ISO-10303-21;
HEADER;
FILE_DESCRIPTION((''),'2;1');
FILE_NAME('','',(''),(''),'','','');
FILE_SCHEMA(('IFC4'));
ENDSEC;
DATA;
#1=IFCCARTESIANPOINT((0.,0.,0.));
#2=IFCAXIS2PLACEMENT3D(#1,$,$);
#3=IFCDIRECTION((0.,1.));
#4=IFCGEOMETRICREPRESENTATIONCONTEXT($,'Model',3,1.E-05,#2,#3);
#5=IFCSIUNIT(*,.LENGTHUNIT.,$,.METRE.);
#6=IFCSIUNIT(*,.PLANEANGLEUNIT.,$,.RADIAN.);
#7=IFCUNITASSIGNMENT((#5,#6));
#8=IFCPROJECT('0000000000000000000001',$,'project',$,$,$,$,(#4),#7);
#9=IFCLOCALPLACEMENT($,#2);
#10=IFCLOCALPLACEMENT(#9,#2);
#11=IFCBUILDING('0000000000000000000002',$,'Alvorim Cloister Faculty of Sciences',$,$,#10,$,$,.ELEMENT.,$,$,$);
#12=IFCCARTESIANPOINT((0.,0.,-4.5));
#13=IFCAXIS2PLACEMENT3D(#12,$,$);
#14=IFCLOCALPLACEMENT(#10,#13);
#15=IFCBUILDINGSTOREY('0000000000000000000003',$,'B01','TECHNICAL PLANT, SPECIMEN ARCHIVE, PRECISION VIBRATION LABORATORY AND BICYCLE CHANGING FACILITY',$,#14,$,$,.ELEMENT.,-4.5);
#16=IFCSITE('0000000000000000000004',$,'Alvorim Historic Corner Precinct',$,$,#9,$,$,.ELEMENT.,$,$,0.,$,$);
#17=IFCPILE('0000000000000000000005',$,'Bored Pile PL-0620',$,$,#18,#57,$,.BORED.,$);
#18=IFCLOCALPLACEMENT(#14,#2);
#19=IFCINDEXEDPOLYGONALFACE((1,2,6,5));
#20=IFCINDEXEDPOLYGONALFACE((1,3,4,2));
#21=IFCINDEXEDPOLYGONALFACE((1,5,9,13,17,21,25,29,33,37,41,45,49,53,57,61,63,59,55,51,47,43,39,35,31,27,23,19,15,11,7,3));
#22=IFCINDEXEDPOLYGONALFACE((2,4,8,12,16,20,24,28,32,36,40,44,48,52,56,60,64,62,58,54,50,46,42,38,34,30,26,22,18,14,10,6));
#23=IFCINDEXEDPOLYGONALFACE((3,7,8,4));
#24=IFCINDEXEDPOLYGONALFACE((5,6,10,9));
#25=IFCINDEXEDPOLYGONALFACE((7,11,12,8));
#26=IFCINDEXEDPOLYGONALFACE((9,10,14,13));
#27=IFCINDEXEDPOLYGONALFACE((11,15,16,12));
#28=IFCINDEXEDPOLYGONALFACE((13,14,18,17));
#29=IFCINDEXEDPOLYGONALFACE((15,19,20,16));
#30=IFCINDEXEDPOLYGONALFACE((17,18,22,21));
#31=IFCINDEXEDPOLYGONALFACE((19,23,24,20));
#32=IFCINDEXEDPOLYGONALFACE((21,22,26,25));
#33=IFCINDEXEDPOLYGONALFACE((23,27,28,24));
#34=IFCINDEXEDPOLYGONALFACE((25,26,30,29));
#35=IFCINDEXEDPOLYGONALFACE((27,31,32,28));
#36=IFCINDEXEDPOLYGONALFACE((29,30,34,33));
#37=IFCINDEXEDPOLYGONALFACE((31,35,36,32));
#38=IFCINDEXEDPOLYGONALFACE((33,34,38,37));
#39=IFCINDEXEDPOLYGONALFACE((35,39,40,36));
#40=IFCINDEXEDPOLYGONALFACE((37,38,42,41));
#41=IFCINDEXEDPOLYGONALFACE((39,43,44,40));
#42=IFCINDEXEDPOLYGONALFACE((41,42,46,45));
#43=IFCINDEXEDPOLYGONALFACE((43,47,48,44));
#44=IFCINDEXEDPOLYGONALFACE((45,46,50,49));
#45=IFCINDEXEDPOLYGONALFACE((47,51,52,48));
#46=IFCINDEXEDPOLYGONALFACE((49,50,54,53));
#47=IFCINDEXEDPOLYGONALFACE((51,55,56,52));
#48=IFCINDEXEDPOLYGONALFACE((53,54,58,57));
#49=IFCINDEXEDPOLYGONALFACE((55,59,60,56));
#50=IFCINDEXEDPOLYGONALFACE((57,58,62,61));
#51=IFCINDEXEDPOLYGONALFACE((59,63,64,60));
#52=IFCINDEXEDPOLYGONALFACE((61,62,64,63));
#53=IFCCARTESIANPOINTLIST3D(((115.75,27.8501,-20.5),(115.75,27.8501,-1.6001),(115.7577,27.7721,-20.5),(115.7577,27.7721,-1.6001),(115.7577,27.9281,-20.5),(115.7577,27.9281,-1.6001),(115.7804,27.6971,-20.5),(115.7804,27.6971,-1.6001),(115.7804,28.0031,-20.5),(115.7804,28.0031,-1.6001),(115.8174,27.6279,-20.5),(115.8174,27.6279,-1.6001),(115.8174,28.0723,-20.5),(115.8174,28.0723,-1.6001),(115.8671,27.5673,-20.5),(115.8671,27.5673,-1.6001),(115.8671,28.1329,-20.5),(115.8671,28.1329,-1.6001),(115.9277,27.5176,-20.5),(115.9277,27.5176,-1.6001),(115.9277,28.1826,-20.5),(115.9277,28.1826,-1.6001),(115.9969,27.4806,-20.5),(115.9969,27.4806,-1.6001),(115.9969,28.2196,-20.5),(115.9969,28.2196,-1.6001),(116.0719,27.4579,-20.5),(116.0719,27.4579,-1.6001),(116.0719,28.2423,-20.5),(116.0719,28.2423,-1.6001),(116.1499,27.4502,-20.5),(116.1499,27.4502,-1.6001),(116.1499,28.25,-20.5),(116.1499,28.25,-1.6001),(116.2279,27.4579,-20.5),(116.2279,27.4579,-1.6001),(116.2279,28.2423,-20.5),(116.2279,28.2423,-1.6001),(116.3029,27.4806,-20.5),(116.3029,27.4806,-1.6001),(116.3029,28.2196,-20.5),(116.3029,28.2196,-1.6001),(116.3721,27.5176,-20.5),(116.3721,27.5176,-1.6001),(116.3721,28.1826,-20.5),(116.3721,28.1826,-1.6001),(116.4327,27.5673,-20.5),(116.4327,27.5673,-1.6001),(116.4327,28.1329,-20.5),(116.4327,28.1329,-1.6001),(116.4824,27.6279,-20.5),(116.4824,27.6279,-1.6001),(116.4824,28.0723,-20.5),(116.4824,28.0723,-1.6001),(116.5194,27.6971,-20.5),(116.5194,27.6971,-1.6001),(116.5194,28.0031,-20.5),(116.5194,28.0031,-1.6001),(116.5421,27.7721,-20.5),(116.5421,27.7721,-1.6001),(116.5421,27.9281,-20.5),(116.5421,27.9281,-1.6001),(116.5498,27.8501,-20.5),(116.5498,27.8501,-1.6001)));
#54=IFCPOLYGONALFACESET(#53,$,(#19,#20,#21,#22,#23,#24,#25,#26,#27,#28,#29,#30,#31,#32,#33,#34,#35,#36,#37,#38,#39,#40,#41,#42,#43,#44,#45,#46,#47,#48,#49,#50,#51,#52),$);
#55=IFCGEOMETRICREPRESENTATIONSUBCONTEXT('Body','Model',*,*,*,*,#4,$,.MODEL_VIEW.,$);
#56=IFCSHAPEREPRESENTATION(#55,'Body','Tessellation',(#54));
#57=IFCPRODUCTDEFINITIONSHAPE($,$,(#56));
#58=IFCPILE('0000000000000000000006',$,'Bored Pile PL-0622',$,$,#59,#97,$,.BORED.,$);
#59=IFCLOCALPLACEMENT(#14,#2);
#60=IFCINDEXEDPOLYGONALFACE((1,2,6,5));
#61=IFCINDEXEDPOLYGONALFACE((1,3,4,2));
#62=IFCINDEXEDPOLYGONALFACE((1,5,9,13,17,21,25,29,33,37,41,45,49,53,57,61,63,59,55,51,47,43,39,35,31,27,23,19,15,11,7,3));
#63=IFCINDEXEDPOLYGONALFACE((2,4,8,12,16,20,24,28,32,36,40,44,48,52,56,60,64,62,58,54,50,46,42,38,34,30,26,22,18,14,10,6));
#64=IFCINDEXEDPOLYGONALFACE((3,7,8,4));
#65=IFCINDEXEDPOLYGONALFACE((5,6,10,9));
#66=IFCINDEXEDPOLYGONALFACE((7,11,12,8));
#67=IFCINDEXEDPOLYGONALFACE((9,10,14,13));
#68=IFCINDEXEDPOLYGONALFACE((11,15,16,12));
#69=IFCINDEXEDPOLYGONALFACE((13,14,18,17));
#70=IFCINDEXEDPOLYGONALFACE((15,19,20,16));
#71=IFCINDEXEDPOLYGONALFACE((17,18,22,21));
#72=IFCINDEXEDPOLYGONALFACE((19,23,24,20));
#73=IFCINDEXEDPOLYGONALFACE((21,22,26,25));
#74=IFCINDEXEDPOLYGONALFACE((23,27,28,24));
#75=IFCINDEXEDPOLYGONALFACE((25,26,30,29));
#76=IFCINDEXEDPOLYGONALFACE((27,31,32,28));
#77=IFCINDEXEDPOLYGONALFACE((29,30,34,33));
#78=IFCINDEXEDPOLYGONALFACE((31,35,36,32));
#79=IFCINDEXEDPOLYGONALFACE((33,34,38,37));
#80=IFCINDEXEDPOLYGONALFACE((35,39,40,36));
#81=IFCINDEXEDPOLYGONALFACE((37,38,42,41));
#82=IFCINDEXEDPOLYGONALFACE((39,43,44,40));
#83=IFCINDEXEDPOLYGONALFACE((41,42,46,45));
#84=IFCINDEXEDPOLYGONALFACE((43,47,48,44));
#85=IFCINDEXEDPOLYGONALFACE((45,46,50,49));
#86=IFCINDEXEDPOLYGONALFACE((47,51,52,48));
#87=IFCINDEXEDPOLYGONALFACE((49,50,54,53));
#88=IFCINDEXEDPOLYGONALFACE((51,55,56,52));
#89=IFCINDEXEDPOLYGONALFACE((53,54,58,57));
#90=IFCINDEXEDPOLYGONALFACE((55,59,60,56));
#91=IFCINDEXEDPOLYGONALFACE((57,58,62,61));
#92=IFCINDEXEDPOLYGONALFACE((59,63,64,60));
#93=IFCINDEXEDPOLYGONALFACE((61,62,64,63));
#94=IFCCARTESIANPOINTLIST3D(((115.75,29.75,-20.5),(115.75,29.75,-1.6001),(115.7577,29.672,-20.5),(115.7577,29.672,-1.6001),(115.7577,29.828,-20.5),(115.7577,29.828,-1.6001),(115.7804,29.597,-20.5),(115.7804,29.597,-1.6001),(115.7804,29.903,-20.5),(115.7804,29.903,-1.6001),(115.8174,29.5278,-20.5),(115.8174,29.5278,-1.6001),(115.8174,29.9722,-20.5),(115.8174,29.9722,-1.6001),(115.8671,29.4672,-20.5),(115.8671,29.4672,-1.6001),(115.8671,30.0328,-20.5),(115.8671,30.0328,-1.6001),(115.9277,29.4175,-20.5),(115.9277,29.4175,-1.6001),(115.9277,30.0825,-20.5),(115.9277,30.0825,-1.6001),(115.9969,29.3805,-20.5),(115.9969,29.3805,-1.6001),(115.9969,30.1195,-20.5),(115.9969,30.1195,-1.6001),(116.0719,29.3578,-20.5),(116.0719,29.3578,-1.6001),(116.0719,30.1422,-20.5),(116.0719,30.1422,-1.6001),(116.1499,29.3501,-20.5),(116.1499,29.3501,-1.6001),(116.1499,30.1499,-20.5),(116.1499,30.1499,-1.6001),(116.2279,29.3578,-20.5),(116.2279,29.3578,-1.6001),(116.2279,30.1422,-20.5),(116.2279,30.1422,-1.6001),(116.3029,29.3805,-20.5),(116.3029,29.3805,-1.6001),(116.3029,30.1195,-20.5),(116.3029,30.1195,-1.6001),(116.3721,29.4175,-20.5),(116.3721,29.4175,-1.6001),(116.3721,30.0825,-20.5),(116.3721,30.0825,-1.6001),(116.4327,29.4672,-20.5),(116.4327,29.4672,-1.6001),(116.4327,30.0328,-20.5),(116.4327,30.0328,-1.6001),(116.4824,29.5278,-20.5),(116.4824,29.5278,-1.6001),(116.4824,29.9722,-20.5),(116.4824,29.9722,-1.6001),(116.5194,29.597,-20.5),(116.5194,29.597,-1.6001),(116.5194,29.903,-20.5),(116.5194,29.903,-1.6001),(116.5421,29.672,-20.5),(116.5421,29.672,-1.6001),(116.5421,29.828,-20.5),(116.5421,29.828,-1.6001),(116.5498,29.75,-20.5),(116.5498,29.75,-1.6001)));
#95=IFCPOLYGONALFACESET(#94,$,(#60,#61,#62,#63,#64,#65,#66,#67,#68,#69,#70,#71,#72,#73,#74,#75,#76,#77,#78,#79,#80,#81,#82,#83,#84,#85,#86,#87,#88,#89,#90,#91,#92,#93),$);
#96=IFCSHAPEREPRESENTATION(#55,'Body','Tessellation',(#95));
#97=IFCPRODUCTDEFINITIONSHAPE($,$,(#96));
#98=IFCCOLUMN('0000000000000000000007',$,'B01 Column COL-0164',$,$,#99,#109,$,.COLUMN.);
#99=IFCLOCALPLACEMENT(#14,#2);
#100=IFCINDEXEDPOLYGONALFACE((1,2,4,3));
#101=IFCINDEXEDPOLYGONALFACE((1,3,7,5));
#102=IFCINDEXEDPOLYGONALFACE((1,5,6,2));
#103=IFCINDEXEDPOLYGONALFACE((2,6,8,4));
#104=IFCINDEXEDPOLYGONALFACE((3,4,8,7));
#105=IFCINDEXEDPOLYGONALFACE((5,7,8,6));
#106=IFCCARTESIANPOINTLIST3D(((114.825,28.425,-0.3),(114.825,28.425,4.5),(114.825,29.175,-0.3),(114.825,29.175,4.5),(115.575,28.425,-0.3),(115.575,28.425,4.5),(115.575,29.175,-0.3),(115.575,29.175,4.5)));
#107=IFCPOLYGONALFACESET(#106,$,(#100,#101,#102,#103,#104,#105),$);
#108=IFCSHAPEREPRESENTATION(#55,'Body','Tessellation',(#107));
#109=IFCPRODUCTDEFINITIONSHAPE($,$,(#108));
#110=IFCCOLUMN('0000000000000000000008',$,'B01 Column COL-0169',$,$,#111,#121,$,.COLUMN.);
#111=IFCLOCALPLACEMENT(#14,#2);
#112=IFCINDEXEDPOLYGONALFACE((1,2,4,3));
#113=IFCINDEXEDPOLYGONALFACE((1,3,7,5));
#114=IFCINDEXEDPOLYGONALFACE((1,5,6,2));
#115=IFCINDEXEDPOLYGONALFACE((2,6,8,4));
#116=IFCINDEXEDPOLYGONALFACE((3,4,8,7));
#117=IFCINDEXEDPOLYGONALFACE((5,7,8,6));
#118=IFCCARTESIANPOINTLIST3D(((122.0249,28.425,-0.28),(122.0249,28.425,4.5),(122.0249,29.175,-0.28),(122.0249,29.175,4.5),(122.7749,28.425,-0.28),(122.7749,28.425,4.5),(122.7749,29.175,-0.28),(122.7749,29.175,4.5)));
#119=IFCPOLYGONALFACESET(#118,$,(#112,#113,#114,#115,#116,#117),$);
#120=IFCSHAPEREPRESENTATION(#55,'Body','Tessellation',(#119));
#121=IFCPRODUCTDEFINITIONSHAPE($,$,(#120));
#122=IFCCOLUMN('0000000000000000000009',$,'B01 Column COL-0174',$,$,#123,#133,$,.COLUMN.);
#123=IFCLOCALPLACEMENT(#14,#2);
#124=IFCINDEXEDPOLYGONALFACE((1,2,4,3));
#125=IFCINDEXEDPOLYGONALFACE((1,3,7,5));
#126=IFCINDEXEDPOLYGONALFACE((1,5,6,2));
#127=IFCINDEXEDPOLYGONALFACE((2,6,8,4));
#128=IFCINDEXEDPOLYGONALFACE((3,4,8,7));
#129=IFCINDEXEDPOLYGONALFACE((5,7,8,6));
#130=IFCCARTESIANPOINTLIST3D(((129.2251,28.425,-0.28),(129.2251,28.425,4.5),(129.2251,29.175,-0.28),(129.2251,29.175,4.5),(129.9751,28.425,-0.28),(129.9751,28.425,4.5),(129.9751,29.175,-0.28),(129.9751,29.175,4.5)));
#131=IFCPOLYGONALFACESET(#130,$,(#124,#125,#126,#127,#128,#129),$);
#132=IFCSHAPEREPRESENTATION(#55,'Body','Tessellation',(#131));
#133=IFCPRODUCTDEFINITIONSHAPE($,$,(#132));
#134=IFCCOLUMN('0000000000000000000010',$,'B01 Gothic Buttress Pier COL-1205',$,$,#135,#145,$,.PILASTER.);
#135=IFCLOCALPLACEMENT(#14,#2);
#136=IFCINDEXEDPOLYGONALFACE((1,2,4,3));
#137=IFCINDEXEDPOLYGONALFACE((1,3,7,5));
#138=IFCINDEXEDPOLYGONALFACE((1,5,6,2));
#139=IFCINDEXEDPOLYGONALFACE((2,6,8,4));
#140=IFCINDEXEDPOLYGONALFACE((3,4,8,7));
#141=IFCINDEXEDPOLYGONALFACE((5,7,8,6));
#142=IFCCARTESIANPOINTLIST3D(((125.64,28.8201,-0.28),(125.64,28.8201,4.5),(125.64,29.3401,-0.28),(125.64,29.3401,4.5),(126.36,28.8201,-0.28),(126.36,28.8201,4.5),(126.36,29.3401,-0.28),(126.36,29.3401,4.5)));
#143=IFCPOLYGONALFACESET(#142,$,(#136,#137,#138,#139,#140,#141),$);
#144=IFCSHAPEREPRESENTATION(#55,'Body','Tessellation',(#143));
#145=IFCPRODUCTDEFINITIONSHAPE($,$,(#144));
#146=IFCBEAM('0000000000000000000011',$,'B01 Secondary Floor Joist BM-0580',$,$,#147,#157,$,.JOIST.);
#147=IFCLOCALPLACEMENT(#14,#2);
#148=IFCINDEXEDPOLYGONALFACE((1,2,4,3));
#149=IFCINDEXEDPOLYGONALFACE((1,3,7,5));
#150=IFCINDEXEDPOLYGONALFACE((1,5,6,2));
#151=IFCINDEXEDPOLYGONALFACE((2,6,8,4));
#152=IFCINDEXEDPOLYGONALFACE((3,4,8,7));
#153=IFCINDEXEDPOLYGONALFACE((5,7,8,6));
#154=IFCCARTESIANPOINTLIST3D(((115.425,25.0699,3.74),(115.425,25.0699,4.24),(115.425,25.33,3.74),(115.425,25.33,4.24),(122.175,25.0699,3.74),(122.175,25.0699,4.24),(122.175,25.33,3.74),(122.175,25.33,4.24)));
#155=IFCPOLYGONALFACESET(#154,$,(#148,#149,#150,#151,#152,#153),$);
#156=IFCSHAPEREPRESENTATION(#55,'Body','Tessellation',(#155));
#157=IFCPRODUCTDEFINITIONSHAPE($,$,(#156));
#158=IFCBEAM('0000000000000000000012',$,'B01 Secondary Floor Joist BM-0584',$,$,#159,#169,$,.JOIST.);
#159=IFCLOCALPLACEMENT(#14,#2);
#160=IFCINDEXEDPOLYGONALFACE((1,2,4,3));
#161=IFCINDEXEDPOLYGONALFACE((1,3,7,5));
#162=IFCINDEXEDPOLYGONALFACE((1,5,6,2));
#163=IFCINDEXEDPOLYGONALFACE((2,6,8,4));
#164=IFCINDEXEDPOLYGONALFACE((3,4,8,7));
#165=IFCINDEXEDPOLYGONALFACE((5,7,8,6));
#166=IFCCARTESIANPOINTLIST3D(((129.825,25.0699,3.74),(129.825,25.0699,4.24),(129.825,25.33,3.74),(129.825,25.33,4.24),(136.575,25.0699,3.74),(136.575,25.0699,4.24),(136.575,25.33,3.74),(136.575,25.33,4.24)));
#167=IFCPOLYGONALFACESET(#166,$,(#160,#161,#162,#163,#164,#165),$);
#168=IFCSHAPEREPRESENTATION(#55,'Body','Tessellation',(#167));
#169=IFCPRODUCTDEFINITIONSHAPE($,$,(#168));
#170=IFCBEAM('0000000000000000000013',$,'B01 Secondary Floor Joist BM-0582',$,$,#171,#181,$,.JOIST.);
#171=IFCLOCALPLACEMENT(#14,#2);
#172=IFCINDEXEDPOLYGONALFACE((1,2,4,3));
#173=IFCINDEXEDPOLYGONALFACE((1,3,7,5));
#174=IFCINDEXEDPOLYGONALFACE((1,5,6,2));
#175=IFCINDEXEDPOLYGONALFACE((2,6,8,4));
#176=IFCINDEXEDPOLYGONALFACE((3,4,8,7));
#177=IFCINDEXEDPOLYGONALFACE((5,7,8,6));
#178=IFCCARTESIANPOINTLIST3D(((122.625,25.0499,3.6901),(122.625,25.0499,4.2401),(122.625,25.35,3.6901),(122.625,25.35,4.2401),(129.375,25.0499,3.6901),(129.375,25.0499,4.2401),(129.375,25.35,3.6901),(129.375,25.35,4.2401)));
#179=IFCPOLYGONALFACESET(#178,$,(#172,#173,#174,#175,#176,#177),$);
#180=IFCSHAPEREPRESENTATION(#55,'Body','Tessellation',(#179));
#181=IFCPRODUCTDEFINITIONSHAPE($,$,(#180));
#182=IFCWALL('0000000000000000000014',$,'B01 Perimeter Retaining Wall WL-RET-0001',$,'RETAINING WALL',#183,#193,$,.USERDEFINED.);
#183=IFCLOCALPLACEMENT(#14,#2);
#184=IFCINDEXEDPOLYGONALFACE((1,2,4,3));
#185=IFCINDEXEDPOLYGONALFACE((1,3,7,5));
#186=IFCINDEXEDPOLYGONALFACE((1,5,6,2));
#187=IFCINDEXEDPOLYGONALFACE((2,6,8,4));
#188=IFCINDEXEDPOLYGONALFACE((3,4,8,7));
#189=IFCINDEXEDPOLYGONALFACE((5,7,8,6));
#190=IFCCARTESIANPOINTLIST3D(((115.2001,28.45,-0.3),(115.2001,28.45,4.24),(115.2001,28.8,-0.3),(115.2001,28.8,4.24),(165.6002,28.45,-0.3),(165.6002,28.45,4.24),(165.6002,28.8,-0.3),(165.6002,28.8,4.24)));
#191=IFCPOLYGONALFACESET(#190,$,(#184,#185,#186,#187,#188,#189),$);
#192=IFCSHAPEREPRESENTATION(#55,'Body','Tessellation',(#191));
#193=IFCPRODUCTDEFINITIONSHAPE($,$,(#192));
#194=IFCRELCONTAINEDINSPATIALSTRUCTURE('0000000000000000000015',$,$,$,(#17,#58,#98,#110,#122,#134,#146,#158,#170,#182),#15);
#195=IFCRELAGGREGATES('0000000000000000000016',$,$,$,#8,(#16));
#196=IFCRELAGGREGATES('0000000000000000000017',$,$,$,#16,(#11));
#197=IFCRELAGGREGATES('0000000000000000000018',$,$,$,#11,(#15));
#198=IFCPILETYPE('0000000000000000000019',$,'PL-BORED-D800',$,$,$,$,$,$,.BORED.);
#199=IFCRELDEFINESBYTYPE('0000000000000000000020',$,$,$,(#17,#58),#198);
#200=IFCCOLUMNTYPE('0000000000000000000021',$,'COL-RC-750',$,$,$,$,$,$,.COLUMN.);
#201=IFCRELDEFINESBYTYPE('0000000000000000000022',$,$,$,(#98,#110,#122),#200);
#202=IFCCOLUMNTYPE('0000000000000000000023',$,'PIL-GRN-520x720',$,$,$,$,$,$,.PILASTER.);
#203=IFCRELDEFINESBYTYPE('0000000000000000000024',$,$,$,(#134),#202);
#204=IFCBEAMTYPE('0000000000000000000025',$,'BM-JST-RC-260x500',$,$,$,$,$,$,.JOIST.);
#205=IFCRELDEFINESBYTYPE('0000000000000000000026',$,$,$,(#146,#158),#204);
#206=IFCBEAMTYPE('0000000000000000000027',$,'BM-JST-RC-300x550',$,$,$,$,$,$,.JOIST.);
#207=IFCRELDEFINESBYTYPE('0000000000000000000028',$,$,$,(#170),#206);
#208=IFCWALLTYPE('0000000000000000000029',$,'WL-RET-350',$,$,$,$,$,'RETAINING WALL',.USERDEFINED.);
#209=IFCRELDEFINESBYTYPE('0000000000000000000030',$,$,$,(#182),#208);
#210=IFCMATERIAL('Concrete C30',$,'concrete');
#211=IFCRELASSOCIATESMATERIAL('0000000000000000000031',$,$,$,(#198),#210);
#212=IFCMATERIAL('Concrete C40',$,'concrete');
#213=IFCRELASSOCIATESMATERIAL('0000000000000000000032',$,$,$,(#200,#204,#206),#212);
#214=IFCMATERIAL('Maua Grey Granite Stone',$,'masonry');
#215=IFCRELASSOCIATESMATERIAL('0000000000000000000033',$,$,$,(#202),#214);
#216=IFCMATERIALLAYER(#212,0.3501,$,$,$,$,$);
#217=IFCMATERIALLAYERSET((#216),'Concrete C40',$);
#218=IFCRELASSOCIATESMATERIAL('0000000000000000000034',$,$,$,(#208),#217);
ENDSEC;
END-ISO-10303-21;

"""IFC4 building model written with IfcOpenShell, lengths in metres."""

from ifc_helpers import new_model, si_unit, direction, frame, frame_2d, origin, origin_2d, place, context, subcontext, project, spatial, rectangle, circle, extrude, material, layer, layer_set, material_profile, profile_set, type_object, element, save


model = new_model("IFC4")

# Units and contexts
model_context = context("Model", 3, precision=1e-05, world=origin(), true_north=direction((0.0, 1.0)))
body_context = subcontext(model_context, "Body", "Model", "MODEL_VIEW")
ifc_project = project(units=[si_unit("LENGTHUNIT", "METRE"), si_unit("PLANEANGLEUNIT", "RADIAN")], contexts=[model_context])

# Site, building, storey
site_placement = place(None, origin())
site = spatial("IfcSite", under=ifc_project, at=site_placement, Name="Alvorim Historic Corner Precinct", CompositionType="ELEMENT", RefElevation=0.0)
building_placement = place(site_placement, origin())
building = spatial("IfcBuilding", under=site, at=building_placement, Name="Alvorim Cloister Faculty of Sciences", CompositionType="ELEMENT")
storey_placement = place(building_placement, frame((0.0, 0.0, -4.5)))
storey = spatial("IfcBuildingStorey", under=building, at=storey_placement, Name="B01", Description="TECHNICAL PLANT, SPECIMEN ARCHIVE, PRECISION VIBRATION LABORATORY AND BICYCLE CHANGING FACILITY", CompositionType="ELEMENT", Elevation=-4.5)

# Shared definitions
ifc_material_1 = material(Name="Concrete C40", Category="concrete")

# Piles
ifc_material_2 = material(Name="Concrete C30", Category="concrete")
ifc_material_profile_1 = material_profile(ifc_material_2, circle(Radius=0.3999, at=origin_2d()), Name="PILE-D800")
ifc_profile_set_1 = profile_set([ifc_material_profile_1], Name="Concrete C30")
pile_type_1 = type_object("IfcPileType", Name="PL-BORED-D800", PredefinedType="BORED", material=ifc_profile_set_1)
for number, where, z_axis, x_axis, name in (
    (1, (116.1499, 27.8501, -1.6001), (0.0, 0.0, -1.0), (1.0, 0.0, 0.0), "Bored Pile PL-0620"),
    (2, (116.1499, 29.75, -1.6001), (0.0, 0.0, -1.0), (1.0, 0.0, 0.0), "Bored Pile PL-0622"),
):
    element("IfcPile", number, at=place(storey_placement, frame(where, z_axis=z_axis, x_axis=x_axis)), inside=storey, type_object=pile_type_1, Name=name, PredefinedType="BORED", context=body_context, shape_type="SweptSolid", body=[
        extrude(circle(Radius=0.3999, at=origin_2d()), origin(), (0.0, 0.0, 1.0), 18.8999),
    ])

# Columns
ifc_material_profile_2 = material_profile(ifc_material_1, rectangle(XDim=0.75, YDim=0.75, at=origin_2d()), Name="RC40-COL-750x750")
ifc_profile_set_2 = profile_set([ifc_material_profile_2], Name="Concrete C40")
column_type_1 = type_object("IfcColumnType", Name="COL-RC-750", PredefinedType="COLUMN", material=ifc_profile_set_2)
column_1_placement = place(storey_placement, frame((115.2, 28.8, -0.3), z_axis=(0.0, 0.0, 1.0), x_axis=(1.0, 0.0, 0.0)))
element("IfcColumn", 3, at=column_1_placement, inside=storey, type_object=column_type_1, Name="B01 Column COL-0164", PredefinedType="COLUMN", context=body_context, shape_type="SweptSolid", body=[
    extrude(rectangle(XDim=0.75, YDim=0.75, at=origin_2d()), origin(), (0.0, 0.0, 1.0), 4.8),
])
for number, where, z_axis, x_axis, name in (
    (4, (122.3999, 28.8, -0.28), (0.0, 0.0, 1.0), (1.0, 0.0, 0.0), "B01 Column COL-0169"),
    (5, (129.6001, 28.8, -0.28), (0.0, 0.0, 1.0), (1.0, 0.0, 0.0), "B01 Column COL-0174"),
):
    element("IfcColumn", number, at=place(storey_placement, frame(where, z_axis=z_axis, x_axis=x_axis)), inside=storey, type_object=column_type_1, Name=name, PredefinedType="COLUMN", context=body_context, shape_type="SweptSolid", body=[
        extrude(rectangle(XDim=0.75, YDim=0.75, at=origin_2d()), origin(), (0.0, 0.0, 1.0), 4.78),
    ])
ifc_material_3 = material(Name="Maua Grey Granite Stone", Category="masonry")
ifc_material_profile_3 = material_profile(ifc_material_3, rectangle(XDim=0.52, YDim=0.72, at=origin_2d()), Name="GRN-PIER-520x720")
ifc_profile_set_3 = profile_set([ifc_material_profile_3], Name="Maua Grey Granite Stone")
column_type_2 = type_object("IfcColumnType", Name="PIL-GRN-520x720", PredefinedType="PILASTER", material=ifc_profile_set_3)
column_2_placement = place(storey_placement, frame((126.0, 29.0801, -0.28), z_axis=(0.0, 0.0, 1.0), x_axis=(0.0, 1.0, 0.0)))
element("IfcColumn", 6, at=column_2_placement, inside=storey, type_object=column_type_2, Name="B01 Gothic Buttress Pier COL-1205", PredefinedType="PILASTER", context=body_context, shape_type="SweptSolid", body=[
    extrude(rectangle(XDim=0.52, YDim=0.72, at=origin_2d()), origin(), (0.0, 0.0, 1.0), 4.78),
])

# Beams
ifc_material_profile_4 = material_profile(ifc_material_1, rectangle(XDim=0.26, YDim=0.5, at=origin_2d()), Name="RC40-JST-260x500")
ifc_profile_set_4 = profile_set([ifc_material_profile_4], Name="Concrete C40")
beam_type_1 = type_object("IfcBeamType", Name="BM-JST-RC-260x500", PredefinedType="JOIST", material=ifc_profile_set_4)
for number, where, z_axis, x_axis, name in (
    (7, (115.425, 25.2, 3.99), (1.0, 0.0, 0.0), (0.0, 1.0, 0.0), "B01 Secondary Floor Joist BM-0580"),
    (8, (129.825, 25.2, 3.99), (1.0, 0.0, 0.0), (0.0, 1.0, 0.0), "B01 Secondary Floor Joist BM-0584"),
):
    element("IfcBeam", number, at=place(storey_placement, frame(where, z_axis=z_axis, x_axis=x_axis)), inside=storey, type_object=beam_type_1, Name=name, PredefinedType="JOIST", context=body_context, shape_type="SweptSolid", body=[
        extrude(rectangle(XDim=0.26, YDim=0.5, at=origin_2d()), origin(), (0.0, 0.0, 1.0), 6.75),
    ])
ifc_material_profile_5 = material_profile(ifc_material_1, rectangle(XDim=0.3, YDim=0.55, at=origin_2d()), Name="RC40-JST-300x550")
ifc_profile_set_5 = profile_set([ifc_material_profile_5], Name="Concrete C40")
beam_type_2 = type_object("IfcBeamType", Name="BM-JST-RC-300x550", PredefinedType="JOIST", material=ifc_profile_set_5)
beam_placement = place(storey_placement, frame((122.625, 25.2, 3.9651), z_axis=(1.0, 0.0, 0.0), x_axis=(0.0, 1.0, 0.0)))
element("IfcBeam", 9, at=beam_placement, inside=storey, type_object=beam_type_2, Name="B01 Secondary Floor Joist BM-0582", PredefinedType="JOIST", context=body_context, shape_type="SweptSolid", body=[
    extrude(rectangle(XDim=0.3, YDim=0.55, at=origin_2d()), origin(), (0.0, 0.0, 1.0), 6.75),
])

# Wall
ifc_layer = layer(ifc_material_1, 0.3501)
ifc_layer_set = layer_set([ifc_layer], Name="Concrete C40")
wall_type = type_object("IfcWallType", Name="WL-RET-350", ElementType="RETAINING WALL", PredefinedType="USERDEFINED", material=ifc_layer_set)
wall_placement = place(storey_placement, frame((115.2, 28.625, -0.3), z_axis=(0.0, 0.0, 1.0), x_axis=(1.0, 0.0, 0.0)))
element("IfcWall", 10, at=wall_placement, inside=storey, type_object=wall_type, Name="B01 Perimeter Retaining Wall WL-RET-0001", ObjectType="RETAINING WALL", PredefinedType="USERDEFINED", context=body_context, shape_type="SweptSolid", body=[
    extrude(rectangle(XDim=50.4001, YDim=0.3501, at=frame_2d((25.2002, 0.0))), origin(), (0.0, 0.0, 1.0), 4.54),
])

save(model, "model.ifc")
